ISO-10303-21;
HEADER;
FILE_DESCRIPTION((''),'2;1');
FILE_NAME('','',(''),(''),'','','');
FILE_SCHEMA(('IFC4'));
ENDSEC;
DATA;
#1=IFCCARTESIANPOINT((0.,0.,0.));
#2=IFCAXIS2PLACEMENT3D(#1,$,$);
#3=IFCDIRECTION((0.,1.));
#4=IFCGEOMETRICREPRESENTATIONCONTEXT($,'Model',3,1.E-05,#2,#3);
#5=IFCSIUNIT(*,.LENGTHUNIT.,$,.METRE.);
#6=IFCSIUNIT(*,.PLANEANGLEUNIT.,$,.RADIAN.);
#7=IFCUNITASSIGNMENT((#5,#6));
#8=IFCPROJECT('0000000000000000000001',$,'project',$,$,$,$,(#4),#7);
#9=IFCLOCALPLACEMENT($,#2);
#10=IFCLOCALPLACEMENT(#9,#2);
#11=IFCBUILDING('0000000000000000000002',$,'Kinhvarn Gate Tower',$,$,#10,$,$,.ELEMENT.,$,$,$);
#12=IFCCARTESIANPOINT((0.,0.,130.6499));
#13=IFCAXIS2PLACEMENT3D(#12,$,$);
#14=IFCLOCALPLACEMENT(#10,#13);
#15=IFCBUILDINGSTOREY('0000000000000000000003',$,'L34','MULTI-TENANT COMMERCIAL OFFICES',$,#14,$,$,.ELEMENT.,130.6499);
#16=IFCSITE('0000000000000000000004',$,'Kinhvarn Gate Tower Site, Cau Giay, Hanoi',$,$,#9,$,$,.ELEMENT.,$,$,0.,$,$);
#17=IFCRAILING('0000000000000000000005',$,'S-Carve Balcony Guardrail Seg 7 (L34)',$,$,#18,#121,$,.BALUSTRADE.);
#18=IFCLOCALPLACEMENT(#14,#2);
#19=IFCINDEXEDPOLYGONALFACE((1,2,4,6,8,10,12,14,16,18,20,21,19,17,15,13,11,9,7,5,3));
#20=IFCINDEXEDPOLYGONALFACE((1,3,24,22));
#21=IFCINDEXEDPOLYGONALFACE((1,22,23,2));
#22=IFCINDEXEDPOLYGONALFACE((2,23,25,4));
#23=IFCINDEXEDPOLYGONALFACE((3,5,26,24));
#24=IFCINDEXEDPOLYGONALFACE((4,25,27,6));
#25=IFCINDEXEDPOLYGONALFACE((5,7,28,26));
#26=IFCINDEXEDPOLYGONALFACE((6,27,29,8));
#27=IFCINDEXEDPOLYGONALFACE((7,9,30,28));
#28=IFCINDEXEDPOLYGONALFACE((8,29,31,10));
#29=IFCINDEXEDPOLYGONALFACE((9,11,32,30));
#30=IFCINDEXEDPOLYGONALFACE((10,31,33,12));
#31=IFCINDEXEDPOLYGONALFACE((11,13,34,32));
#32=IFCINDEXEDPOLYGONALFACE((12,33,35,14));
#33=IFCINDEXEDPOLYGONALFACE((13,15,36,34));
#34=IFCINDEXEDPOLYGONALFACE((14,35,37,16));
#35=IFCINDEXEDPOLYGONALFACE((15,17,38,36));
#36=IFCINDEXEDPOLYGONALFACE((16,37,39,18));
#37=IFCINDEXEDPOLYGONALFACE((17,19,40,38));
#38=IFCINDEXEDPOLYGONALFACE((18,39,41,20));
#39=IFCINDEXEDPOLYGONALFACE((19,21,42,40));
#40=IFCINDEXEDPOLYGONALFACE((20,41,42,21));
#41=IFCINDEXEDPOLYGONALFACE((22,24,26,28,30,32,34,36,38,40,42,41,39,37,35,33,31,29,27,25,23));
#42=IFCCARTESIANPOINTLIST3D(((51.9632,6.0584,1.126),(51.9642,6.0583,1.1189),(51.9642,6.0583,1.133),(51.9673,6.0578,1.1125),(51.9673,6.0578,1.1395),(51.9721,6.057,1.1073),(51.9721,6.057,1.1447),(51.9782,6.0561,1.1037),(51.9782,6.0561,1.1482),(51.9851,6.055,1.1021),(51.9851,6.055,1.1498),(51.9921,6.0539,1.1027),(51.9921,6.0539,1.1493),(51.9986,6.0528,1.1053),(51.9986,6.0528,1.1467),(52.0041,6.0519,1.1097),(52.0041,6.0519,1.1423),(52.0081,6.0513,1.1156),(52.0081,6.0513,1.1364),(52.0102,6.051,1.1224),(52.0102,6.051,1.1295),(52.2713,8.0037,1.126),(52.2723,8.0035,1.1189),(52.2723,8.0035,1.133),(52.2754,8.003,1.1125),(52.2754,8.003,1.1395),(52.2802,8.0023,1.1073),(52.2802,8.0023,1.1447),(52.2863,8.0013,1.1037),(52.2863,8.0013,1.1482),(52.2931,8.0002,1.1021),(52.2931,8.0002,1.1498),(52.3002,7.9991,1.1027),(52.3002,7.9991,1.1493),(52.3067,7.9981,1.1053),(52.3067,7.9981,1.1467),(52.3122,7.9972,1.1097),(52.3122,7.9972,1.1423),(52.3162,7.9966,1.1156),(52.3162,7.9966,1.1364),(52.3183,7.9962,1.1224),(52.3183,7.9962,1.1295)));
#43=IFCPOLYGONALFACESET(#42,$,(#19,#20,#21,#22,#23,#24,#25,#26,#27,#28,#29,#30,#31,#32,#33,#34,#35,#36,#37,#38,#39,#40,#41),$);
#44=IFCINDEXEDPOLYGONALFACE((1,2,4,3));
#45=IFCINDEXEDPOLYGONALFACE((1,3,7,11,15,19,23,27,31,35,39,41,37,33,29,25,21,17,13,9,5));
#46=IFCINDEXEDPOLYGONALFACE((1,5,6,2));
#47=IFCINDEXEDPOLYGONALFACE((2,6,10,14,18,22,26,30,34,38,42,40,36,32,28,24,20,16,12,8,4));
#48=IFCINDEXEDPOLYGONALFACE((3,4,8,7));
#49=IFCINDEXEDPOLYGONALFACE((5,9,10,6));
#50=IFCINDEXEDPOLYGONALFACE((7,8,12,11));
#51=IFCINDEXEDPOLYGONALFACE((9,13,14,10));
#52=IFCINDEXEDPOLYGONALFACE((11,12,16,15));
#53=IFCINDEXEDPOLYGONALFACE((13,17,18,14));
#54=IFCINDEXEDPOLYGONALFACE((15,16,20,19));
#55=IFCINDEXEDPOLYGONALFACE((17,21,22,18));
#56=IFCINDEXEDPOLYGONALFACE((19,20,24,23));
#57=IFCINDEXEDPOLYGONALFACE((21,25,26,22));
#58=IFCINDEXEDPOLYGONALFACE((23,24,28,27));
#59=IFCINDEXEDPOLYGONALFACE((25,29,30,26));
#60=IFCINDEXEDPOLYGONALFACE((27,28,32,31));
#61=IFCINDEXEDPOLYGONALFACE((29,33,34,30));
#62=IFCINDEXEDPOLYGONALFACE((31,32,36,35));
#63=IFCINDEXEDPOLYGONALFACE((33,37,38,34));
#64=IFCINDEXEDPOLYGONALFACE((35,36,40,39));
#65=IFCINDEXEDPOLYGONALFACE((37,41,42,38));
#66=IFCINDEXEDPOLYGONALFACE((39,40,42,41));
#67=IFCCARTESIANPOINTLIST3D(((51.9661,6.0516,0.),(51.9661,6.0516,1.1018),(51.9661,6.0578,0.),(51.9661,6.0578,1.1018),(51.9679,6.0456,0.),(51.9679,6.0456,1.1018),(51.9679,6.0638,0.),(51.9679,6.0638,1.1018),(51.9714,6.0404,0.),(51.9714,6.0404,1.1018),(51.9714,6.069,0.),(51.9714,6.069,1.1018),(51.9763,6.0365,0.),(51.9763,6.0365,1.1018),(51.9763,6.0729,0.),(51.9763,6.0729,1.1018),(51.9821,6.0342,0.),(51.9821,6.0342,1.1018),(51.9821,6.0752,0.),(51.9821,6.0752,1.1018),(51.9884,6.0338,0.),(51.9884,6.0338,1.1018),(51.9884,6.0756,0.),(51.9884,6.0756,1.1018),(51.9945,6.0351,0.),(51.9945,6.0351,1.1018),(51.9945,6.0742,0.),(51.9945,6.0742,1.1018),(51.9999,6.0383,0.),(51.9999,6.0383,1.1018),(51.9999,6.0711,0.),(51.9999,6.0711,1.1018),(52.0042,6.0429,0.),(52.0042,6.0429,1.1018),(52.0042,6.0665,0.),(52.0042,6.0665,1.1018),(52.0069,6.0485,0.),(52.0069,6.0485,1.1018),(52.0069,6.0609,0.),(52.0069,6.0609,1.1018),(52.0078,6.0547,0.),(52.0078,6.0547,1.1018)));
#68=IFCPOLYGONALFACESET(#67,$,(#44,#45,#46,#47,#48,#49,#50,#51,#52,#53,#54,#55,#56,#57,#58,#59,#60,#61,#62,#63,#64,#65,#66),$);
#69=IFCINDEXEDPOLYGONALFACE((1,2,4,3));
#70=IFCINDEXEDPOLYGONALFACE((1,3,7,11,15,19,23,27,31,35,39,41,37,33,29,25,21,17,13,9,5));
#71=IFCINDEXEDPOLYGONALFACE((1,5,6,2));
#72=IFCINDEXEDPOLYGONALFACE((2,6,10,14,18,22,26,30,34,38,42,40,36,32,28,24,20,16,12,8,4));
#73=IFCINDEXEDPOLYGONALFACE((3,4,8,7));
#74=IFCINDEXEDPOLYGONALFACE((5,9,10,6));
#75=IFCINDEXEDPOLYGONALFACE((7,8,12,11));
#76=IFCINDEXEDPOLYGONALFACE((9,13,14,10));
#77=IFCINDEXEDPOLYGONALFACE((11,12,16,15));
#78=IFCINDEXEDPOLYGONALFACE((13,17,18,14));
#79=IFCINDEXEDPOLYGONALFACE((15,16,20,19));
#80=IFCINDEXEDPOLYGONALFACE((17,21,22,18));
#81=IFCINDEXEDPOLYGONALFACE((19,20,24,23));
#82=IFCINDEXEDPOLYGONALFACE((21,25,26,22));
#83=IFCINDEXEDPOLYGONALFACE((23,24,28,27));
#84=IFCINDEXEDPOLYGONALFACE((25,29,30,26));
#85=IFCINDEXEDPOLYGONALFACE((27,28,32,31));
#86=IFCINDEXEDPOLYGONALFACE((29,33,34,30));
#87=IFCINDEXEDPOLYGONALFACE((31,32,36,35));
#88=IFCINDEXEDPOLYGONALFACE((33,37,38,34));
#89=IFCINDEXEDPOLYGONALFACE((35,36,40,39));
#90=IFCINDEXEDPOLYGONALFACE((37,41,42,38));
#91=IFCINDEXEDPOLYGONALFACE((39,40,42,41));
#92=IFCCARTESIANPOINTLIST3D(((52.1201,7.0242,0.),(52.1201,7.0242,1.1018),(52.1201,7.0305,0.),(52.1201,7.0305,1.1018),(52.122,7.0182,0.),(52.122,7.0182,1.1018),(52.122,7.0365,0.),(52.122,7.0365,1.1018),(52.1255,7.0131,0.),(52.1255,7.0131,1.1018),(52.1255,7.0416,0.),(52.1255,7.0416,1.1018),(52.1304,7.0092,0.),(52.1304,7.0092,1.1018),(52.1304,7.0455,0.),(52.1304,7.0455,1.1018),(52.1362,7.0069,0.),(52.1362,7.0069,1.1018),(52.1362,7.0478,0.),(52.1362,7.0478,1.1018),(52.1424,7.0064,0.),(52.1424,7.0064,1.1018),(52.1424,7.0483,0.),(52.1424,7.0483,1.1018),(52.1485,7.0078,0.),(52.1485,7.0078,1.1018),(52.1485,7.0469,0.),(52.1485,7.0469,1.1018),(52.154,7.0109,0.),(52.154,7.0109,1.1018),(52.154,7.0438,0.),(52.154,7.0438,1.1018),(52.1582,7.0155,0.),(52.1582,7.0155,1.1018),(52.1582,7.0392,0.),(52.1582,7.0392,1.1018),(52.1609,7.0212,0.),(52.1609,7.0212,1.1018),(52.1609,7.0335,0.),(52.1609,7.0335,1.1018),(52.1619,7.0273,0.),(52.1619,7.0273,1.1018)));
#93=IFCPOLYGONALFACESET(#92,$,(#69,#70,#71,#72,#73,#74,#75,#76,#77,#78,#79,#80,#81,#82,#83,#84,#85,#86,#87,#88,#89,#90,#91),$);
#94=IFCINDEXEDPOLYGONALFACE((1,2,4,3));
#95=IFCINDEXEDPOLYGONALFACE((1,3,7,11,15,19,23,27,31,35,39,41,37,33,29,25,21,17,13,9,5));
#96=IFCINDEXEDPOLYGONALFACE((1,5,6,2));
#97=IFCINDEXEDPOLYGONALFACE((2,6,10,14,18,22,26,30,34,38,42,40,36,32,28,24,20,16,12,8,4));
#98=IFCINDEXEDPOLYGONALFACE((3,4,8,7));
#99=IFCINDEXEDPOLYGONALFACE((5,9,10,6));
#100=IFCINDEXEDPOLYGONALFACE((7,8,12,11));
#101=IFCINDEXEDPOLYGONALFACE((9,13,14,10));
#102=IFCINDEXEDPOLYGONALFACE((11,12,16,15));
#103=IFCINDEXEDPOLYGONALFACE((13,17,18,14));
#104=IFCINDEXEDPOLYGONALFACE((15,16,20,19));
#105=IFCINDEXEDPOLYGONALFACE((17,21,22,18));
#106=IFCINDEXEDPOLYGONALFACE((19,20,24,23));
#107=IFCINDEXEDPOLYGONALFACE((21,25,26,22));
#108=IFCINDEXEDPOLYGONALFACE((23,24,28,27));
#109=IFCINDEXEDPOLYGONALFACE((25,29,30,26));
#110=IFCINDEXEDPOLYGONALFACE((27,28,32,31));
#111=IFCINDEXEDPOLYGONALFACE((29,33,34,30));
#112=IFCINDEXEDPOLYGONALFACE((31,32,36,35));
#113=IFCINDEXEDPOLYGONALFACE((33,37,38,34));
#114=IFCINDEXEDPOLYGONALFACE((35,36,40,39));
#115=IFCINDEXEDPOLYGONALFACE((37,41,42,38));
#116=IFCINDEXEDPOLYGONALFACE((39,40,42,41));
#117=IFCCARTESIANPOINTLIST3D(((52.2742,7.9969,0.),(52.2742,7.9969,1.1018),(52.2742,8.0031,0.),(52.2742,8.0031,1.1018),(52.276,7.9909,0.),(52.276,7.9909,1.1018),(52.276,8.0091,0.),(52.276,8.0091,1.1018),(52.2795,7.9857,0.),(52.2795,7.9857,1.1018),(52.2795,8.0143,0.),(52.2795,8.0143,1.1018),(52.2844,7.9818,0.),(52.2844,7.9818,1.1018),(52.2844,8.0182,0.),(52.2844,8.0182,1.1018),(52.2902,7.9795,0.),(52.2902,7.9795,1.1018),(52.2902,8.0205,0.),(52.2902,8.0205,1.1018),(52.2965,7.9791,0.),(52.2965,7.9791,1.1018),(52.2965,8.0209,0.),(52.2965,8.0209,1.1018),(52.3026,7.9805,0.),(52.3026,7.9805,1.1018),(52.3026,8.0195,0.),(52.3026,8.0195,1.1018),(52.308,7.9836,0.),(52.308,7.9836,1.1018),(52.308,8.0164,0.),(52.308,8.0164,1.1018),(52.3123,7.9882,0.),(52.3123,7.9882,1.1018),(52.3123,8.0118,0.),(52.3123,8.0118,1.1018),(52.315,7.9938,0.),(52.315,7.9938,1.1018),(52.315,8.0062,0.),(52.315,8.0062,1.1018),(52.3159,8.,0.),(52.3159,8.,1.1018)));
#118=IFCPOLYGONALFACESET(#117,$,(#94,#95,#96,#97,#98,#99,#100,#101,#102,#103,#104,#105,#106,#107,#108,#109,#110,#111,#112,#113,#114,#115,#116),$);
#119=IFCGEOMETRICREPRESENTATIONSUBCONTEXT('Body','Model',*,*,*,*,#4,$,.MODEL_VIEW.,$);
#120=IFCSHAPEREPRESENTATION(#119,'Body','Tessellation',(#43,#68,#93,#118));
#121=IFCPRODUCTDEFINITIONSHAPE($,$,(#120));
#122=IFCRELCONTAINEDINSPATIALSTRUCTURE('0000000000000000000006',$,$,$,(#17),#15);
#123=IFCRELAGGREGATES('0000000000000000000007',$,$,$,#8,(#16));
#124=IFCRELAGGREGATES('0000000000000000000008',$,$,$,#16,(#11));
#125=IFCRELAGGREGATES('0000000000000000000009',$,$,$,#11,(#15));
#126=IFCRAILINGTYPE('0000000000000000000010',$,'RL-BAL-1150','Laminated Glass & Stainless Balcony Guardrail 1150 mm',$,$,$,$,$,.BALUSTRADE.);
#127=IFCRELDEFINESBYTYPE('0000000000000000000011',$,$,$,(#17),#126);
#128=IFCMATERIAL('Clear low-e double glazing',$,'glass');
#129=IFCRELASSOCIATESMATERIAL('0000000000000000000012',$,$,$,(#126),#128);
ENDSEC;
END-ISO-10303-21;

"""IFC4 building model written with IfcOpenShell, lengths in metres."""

from ifc_helpers import new_model, si_unit, direction, frame, origin, origin_2d, place, context, subcontext, project, spatial, circle, extrude, material, type_object, element, save


model = new_model("IFC4")

# Units and contexts
model_context = context("Model", 3, precision=1e-05, world=origin(), true_north=direction((0.0, 1.0)))
body_context = subcontext(model_context, "Body", "Model", "MODEL_VIEW")
ifc_project = project(units=[si_unit("LENGTHUNIT", "METRE"), si_unit("PLANEANGLEUNIT", "RADIAN")], contexts=[model_context])

# Site, building, storey
site_placement = place(None, origin())
site = spatial("IfcSite", under=ifc_project, at=site_placement, Name="Kinhvarn Gate Tower Site, Cau Giay, Hanoi", CompositionType="ELEMENT", RefElevation=0.0)
building_placement = place(site_placement, origin())
building = spatial("IfcBuilding", under=site, at=building_placement, Name="Kinhvarn Gate Tower", CompositionType="ELEMENT")
storey_placement = place(building_placement, frame((0.0, 0.0, 130.6499)))
storey = spatial("IfcBuildingStorey", under=building, at=storey_placement, Name="L34", Description="MULTI-TENANT COMMERCIAL OFFICES", CompositionType="ELEMENT", Elevation=130.6499)

# Shared definitions
ifc_material_1 = material(Name="Clear low-e double glazing", Category="glass")

# Railing
railing_type = type_object("IfcRailingType", Name="RL-BAL-1150", Description="Laminated Glass & Stainless Balcony Guardrail 1150 mm", PredefinedType="BALUSTRADE", material=ifc_material_1)
railing_1_placement = place(storey_placement, frame((51.9868, 6.0547, 0.0)))
element("IfcRailing", 1, at=railing_1_placement, inside=storey, type_object=railing_type, Name="S-Carve Balcony Guardrail Seg 7 (L34)", PredefinedType="BALUSTRADE", context=body_context, shape_type="SweptSolid", body=[
    extrude(circle(Radius=0.0239, at=origin_2d()), frame((0.0, 0.0, 1.126), z_axis=(0.156434, 0.987688, 0.0), x_axis=(-0.987688, 0.156434, 0.0)), (0.0, 0.0, 1.0), 1.9695),
    extrude(circle(Radius=0.021, at=origin_2d()), origin(), (0.0, 0.0, 1.0), 1.1018),
    extrude(circle(Radius=0.021, at=origin_2d()), frame((0.1541, 0.9727, 0.0)), (0.0, 0.0, 1.0), 1.1018),
    extrude(circle(Radius=0.021, at=origin_2d()), frame((0.3081, 1.9453, 0.0)), (0.0, 0.0, 1.0), 1.1018),
])

save(model, "model.ifc")
